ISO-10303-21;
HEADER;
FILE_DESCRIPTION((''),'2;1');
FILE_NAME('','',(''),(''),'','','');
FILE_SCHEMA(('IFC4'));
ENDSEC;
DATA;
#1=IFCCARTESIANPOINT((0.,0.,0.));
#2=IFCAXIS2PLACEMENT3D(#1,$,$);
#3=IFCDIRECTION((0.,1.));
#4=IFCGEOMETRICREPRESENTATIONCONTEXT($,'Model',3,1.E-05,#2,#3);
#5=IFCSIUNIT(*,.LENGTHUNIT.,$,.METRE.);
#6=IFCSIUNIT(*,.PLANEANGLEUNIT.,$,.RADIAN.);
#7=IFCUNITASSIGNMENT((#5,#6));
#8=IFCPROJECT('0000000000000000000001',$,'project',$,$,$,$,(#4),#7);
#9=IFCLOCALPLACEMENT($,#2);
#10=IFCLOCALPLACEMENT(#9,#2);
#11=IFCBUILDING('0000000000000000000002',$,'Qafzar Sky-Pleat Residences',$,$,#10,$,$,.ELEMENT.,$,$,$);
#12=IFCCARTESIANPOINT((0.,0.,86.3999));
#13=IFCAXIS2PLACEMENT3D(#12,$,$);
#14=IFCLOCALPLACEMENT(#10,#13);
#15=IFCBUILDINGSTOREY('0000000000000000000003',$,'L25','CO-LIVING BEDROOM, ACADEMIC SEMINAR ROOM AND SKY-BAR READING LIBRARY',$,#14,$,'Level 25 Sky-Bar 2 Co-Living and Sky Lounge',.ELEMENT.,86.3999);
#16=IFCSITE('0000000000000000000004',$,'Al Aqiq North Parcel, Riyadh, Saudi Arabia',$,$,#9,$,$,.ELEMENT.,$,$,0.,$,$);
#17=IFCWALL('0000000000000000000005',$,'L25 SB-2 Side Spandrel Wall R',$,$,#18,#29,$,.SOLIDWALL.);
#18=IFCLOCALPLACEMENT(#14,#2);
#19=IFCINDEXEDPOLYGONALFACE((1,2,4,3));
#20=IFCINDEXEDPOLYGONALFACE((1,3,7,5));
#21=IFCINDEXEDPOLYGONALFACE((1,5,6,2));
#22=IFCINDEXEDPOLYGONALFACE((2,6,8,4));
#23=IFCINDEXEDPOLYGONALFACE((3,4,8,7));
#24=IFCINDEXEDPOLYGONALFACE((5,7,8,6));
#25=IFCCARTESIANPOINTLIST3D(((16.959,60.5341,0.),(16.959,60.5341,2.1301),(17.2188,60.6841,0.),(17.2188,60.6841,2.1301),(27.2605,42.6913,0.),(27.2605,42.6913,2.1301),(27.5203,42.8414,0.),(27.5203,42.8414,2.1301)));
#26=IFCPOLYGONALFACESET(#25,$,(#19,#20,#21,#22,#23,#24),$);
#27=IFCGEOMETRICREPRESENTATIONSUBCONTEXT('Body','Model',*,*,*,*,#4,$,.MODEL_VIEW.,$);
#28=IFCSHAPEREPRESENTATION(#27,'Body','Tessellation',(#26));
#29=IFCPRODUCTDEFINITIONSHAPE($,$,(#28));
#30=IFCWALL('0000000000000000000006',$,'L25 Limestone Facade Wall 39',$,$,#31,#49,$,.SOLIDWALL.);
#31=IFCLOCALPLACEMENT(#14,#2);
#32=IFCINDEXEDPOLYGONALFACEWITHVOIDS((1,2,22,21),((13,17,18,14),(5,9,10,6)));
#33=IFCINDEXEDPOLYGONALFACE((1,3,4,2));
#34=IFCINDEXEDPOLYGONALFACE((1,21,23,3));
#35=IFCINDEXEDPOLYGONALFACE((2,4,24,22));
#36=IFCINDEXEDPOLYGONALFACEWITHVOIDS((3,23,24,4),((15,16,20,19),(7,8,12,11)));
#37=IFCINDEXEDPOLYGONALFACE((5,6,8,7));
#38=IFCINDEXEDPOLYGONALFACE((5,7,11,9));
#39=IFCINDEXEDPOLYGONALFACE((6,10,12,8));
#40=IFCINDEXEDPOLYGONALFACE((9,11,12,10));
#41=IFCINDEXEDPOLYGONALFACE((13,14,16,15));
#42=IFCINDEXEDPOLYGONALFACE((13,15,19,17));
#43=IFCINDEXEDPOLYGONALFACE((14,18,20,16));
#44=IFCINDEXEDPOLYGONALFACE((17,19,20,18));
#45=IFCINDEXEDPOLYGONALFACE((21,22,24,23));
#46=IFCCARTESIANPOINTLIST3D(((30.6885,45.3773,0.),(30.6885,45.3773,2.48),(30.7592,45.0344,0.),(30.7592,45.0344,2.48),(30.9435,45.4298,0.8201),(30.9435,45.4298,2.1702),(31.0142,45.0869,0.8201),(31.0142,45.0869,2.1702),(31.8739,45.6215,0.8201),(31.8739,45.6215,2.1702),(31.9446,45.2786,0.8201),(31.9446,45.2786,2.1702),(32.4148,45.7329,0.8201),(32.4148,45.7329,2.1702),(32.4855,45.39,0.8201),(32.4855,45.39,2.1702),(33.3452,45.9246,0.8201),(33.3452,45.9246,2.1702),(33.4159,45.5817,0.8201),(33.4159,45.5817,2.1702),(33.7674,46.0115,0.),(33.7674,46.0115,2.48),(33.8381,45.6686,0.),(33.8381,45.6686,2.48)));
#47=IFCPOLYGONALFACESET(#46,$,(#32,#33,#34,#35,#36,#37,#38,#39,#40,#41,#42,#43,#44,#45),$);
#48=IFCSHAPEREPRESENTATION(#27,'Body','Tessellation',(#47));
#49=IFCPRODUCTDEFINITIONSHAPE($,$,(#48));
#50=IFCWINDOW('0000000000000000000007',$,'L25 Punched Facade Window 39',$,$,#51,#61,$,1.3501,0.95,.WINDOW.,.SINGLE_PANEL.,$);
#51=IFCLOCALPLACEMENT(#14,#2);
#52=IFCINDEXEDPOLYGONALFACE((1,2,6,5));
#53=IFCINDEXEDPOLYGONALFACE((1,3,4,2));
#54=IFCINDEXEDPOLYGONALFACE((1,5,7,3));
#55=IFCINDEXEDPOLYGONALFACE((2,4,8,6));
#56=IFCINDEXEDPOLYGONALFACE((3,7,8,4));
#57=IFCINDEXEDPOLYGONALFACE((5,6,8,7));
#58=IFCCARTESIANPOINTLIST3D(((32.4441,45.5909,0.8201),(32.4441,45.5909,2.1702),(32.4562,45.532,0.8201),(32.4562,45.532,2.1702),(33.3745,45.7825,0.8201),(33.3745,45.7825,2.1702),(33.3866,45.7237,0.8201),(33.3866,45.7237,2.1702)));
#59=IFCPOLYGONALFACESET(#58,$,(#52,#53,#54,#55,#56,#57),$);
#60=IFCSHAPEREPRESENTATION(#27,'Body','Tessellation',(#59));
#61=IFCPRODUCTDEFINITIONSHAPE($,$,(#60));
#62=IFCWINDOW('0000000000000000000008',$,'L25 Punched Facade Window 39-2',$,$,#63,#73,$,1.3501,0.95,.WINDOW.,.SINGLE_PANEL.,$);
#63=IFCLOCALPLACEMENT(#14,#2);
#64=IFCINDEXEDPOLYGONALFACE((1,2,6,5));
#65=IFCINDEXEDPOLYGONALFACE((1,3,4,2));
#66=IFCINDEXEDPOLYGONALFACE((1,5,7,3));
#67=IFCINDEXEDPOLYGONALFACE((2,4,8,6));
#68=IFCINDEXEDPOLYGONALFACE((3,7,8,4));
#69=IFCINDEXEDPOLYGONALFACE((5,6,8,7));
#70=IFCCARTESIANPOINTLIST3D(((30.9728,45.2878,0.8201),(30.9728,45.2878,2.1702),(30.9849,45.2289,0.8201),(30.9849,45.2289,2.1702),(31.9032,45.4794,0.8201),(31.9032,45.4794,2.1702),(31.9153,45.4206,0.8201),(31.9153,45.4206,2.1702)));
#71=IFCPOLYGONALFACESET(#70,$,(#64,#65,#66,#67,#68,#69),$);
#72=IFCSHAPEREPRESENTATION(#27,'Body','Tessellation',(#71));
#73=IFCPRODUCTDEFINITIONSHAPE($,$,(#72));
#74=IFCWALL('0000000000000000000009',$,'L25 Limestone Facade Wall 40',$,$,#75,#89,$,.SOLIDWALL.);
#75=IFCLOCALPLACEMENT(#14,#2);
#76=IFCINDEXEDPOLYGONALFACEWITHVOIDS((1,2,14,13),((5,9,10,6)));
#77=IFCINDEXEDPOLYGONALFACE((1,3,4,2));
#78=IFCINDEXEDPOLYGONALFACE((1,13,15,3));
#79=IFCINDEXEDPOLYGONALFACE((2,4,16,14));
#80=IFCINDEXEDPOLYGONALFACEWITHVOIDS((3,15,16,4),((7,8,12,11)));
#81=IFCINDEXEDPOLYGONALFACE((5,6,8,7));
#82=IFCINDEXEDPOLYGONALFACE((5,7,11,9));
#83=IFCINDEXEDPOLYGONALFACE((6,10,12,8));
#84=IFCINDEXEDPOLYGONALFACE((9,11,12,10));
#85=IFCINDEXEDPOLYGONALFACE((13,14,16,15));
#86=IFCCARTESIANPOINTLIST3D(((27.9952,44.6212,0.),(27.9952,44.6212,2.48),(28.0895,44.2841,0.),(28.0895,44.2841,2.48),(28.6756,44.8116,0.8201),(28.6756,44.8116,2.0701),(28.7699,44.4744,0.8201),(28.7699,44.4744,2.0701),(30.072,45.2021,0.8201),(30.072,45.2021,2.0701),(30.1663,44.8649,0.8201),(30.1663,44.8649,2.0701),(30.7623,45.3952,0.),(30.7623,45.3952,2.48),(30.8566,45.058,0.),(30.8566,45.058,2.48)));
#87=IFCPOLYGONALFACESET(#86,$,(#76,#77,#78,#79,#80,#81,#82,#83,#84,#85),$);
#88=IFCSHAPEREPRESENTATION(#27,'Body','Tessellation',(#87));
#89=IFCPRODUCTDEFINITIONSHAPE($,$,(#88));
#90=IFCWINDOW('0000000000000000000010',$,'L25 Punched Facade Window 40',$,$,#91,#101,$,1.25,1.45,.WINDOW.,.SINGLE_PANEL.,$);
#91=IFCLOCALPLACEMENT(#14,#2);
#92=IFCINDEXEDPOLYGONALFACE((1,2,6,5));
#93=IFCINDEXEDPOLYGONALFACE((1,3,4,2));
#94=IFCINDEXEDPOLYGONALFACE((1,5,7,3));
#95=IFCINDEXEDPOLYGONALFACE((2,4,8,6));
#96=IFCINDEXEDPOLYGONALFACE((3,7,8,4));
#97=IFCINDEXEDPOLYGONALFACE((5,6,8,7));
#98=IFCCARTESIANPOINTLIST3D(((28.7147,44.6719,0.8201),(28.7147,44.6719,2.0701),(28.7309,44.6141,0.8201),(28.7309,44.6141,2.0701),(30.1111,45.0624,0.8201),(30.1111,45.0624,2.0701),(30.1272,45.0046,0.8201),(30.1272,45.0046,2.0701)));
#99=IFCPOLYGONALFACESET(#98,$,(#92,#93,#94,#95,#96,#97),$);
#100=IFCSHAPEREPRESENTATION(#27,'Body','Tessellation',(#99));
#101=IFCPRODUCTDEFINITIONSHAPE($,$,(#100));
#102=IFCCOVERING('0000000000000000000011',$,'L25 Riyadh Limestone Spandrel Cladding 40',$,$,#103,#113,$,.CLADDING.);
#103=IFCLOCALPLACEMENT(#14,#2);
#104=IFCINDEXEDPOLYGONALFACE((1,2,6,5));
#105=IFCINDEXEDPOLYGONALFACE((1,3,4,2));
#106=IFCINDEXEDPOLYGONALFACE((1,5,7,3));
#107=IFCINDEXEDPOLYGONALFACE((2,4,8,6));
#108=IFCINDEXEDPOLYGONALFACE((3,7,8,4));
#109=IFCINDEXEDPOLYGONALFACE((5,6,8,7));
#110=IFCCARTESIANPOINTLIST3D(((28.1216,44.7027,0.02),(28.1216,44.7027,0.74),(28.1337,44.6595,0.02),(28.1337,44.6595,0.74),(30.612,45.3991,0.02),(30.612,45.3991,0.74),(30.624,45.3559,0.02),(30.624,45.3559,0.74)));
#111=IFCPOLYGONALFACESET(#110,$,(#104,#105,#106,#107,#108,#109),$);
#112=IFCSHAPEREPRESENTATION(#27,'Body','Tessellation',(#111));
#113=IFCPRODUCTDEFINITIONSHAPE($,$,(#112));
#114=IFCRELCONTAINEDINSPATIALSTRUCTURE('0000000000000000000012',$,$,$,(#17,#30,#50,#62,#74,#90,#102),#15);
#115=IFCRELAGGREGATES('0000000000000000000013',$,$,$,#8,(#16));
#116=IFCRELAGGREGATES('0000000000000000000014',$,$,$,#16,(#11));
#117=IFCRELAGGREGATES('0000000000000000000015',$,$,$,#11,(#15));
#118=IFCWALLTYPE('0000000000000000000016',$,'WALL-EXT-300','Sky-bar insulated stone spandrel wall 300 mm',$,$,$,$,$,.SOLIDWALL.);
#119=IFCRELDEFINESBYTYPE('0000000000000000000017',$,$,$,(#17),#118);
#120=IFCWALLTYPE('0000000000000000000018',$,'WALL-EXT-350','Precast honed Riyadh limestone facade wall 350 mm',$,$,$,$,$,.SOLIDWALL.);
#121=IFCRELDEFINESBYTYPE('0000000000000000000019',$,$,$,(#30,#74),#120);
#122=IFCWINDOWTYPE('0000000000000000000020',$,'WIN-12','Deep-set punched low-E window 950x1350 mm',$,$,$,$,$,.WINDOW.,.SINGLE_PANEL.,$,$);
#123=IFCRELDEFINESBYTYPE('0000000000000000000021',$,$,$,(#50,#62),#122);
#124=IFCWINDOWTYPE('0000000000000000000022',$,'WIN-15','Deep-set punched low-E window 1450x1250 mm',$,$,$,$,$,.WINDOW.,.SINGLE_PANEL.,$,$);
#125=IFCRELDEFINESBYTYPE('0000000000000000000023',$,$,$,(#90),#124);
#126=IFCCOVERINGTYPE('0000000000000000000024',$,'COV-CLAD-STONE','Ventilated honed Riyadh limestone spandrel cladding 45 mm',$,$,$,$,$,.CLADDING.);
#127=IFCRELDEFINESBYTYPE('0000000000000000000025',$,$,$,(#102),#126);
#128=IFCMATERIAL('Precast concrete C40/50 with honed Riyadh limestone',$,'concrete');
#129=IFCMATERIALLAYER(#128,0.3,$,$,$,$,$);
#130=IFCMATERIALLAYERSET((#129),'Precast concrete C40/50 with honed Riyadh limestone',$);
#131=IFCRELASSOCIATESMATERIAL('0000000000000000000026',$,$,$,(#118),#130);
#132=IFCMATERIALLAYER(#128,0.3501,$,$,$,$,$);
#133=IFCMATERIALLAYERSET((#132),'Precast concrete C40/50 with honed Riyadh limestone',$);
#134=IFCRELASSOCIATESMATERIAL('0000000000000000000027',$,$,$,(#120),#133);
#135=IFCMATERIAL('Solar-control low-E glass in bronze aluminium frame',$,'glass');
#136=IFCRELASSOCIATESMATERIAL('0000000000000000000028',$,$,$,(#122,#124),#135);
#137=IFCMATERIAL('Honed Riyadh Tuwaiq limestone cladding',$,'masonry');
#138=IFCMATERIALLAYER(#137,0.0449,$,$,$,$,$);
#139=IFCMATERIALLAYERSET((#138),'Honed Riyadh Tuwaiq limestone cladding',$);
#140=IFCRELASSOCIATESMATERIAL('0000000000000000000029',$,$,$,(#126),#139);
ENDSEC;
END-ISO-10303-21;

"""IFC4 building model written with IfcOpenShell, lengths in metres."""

from ifc_helpers import new_model, si_unit, direction, frame, frame_2d, origin, origin_2d, place, context, subcontext, project, spatial, rectangle, extrude, source, transform, mapped, material, layer, layer_set, type_object, element, fill, save


model = new_model("IFC4")

# Units and contexts
model_context = context("Model", 3, precision=1e-05, world=origin(), true_north=direction((0.0, 1.0)))
body_context = subcontext(model_context, "Body", "Model", "MODEL_VIEW")
ifc_project = project(units=[si_unit("LENGTHUNIT", "METRE"), si_unit("PLANEANGLEUNIT", "RADIAN")], contexts=[model_context])

# Site, building, storey
site_placement = place(None, origin())
site = spatial("IfcSite", under=ifc_project, at=site_placement, Name="Al Aqiq North Parcel, Riyadh, Saudi Arabia", CompositionType="ELEMENT", RefElevation=0.0)
building_placement = place(site_placement, origin())
building = spatial("IfcBuilding", under=site, at=building_placement, Name="Qafzar Sky-Pleat Residences", CompositionType="ELEMENT")
storey_placement = place(building_placement, frame((0.0, 0.0, 86.3999)))
storey = spatial("IfcBuildingStorey", under=building, at=storey_placement, Name="L25", Description="CO-LIVING BEDROOM, ACADEMIC SEMINAR ROOM AND SKY-BAR READING LIBRARY", LongName="Level 25 Sky-Bar 2 Co-Living and Sky Lounge", CompositionType="ELEMENT", Elevation=86.3999)

# Wall
ifc_material_1 = material(Name="Precast concrete C40/50 with honed Riyadh limestone", Category="concrete")
ifc_layer_1 = layer(ifc_material_1, 0.3)
ifc_layer_set_1 = layer_set([ifc_layer_1], Name="Precast concrete C40/50 with honed Riyadh limestone")
wall_type_1 = type_object("IfcWallType", Name="WALL-EXT-300", Description="Sky-bar insulated stone spandrel wall 300 mm", PredefinedType="SOLIDWALL", material=ifc_layer_set_1)
wall_1_placement = place(storey_placement, frame((27.3904, 42.7664, 0.0), z_axis=(0.0, 0.0, 1.0), x_axis=(-0.499999, 0.866026, 0.0)))
element("IfcWall", 1, at=wall_1_placement, inside=storey, type_object=wall_type_1, Name="L25 SB-2 Side Spandrel Wall R", PredefinedType="SOLIDWALL", context=body_context, shape_type="SweptSolid", body=[
    extrude(rectangle(XDim=20.603, YDim=0.3, at=frame_2d((10.3015, 0.0))), origin(), (0.0, 0.0, 1.0), 2.1301),
])

# Wall, openings, windows
ifc_layer_2 = layer(ifc_material_1, 0.3501)
ifc_layer_set_2 = layer_set([ifc_layer_2], Name="Precast concrete C40/50 with honed Riyadh limestone")
wall_type_2 = type_object("IfcWallType", Name="WALL-EXT-350", Description="Precast honed Riyadh limestone facade wall 350 mm", PredefinedType="SOLIDWALL", material=ifc_layer_set_2)
wall_2_placement = place(storey_placement, frame((33.8027, 45.8401, 0.0), z_axis=(0.0, 0.0, 1.0), x_axis=(-0.979432, -0.201773, 0.0)))
wall_2 = element("IfcWall", 2, at=wall_2_placement, inside=storey, type_object=wall_type_2, Name="L25 Limestone Facade Wall 39", PredefinedType="SOLIDWALL", context=body_context, shape_type="SweptSolid", body=[
    extrude(rectangle(XDim=3.1436, YDim=0.3501, at=frame_2d((1.5718, 0.0))), origin(), (0.0, 0.0, 1.0), 2.48),
])
opening_1_placement = place(wall_2_placement, frame((0.4309, 0.0, 0.8201)))
opening_1 = element("IfcOpeningElement", 3, at=opening_1_placement, cuts=wall_2, PredefinedType="OPENING", context=body_context, shape_type="SweptSolid", body=[
    extrude(rectangle(XDim=0.95, YDim=1.3501, at=frame_2d((0.4751, 0.675))), frame((0.0, 0.1851, 0.0), z_axis=(0.0, -1.0, 0.0), x_axis=(1.0, 0.0, 0.0)), (0.0, 0.0, 1.0), 0.3701),
])
opening_2_placement = place(wall_2_placement, frame((1.9331, 0.0, 0.8201)))
opening_2 = element("IfcOpeningElement", 4, at=opening_2_placement, cuts=wall_2, PredefinedType="OPENING", context=body_context, shape_type="SweptSolid", body=[
    extrude(rectangle(XDim=0.95, YDim=1.3501, at=frame_2d((0.4751, 0.675))), frame((0.0, 0.1851, 0.0), z_axis=(0.0, -1.0, 0.0), x_axis=(1.0, 0.0, 0.0)), (0.0, 0.0, 1.0), 0.3701),
])
ifc_material_2 = material(Name="Solar-control low-E glass in bronze aluminium frame", Category="glass")
window_type_1 = type_object("IfcWindowType", Name="WIN-12", Description="Deep-set punched low-E window 950x1350 mm", PartitioningType="SINGLE_PANEL", PredefinedType="WINDOW", material=ifc_material_2)
shared_shape_1 = source(origin(), body_context, "Body", "SweptSolid", [
    extrude(rectangle(XDim=0.95, YDim=1.3501, at=frame_2d((0.4751, 0.675))), frame((0.0, 0.03, 0.0), z_axis=(0.0, -1.0, 0.0), x_axis=(1.0, 0.0, 0.0)), (0.0, 0.0, 1.0), 0.0601),
])
window_1_placement = place(opening_1_placement, origin())
window_1 = element("IfcWindow", 5, at=window_1_placement, inside=storey, type_object=window_type_1, Name="L25 Punched Facade Window 39", OverallHeight=1.3501, OverallWidth=0.95, PartitioningType="SINGLE_PANEL", PredefinedType="WINDOW", context=body_context, shape_type="MappedRepresentation", body=[
    mapped(shared_shape_1, transform((0.0, 0.0, 0.0), x_axis=(1.0, 0.0, 0.0), y_axis=(0.0, 1.0, 0.0), z_axis=(0.0, 0.0, 1.0), scale=1.0)),
])
fill(opening_1, window_1)
window_2_placement = place(opening_2_placement, origin())
window_2 = element("IfcWindow", 6, at=window_2_placement, inside=storey, type_object=window_type_1, Name="L25 Punched Facade Window 39-2", OverallHeight=1.3501, OverallWidth=0.95, PartitioningType="SINGLE_PANEL", PredefinedType="WINDOW", context=body_context, shape_type="MappedRepresentation", body=[
    mapped(shared_shape_1, transform((0.0, 0.0, 0.0), x_axis=(1.0, 0.0, 0.0), y_axis=(0.0, 1.0, 0.0), z_axis=(0.0, 0.0, 1.0), scale=1.0)),
])
fill(opening_2, window_2)

# Wall, opening, window
wall_3_placement = place(storey_placement, frame((30.8093, 45.2266, 0.0), z_axis=(0.0, 0.0, 1.0), x_axis=(-0.963042, -0.269353, 0.0)))
wall_3 = element("IfcWall", 7, at=wall_3_placement, inside=storey, type_object=wall_type_2, Name="L25 Limestone Facade Wall 40", PredefinedType="SOLIDWALL", context=body_context, shape_type="SweptSolid", body=[
    extrude(rectangle(XDim=2.8733, YDim=0.3501, at=frame_2d((1.4365, 0.0))), origin(), (0.0, 0.0, 1.0), 2.48),
])
opening_3_placement = place(wall_3_placement, frame((0.7166, 0.0, 0.8201)))
opening_3 = element("IfcOpeningElement", 8, at=opening_3_placement, cuts=wall_3, PredefinedType="OPENING", context=body_context, shape_type="SweptSolid", body=[
    extrude(rectangle(XDim=1.45, YDim=1.25, at=frame_2d((0.7251, 0.625))), frame((0.0, 0.1851, 0.0), z_axis=(0.0, -1.0, 0.0), x_axis=(1.0, 0.0, 0.0)), (0.0, 0.0, 1.0), 0.3701),
])
window_type_2 = type_object("IfcWindowType", Name="WIN-15", Description="Deep-set punched low-E window 1450x1250 mm", PartitioningType="SINGLE_PANEL", PredefinedType="WINDOW", material=ifc_material_2)
shared_shape_2 = source(origin(), body_context, "Body", "SweptSolid", [
    extrude(rectangle(XDim=1.45, YDim=1.25, at=frame_2d((0.7251, 0.625))), frame((0.0, 0.03, 0.0), z_axis=(0.0, -1.0, 0.0), x_axis=(1.0, 0.0, 0.0)), (0.0, 0.0, 1.0), 0.0601),
])
window_3_placement = place(opening_3_placement, origin())
window_3 = element("IfcWindow", 9, at=window_3_placement, inside=storey, type_object=window_type_2, Name="L25 Punched Facade Window 40", OverallHeight=1.25, OverallWidth=1.45, PartitioningType="SINGLE_PANEL", PredefinedType="WINDOW", context=body_context, shape_type="MappedRepresentation", body=[
    mapped(shared_shape_2, transform((0.0, 0.0, 0.0), x_axis=(1.0, 0.0, 0.0), y_axis=(0.0, 1.0, 0.0), z_axis=(0.0, 0.0, 1.0), scale=1.0)),
])
fill(opening_3, window_3)

# Covering
ifc_material_3 = material(Name="Honed Riyadh Tuwaiq limestone cladding", Category="masonry")
ifc_layer_3 = layer(ifc_material_3, 0.0449)
ifc_layer_set_3 = layer_set([ifc_layer_3], Name="Honed Riyadh Tuwaiq limestone cladding")
covering_type = type_object("IfcCoveringType", Name="COV-CLAD-STONE", Description="Ventilated honed Riyadh limestone spandrel cladding 45 mm", PredefinedType="CLADDING", material=ifc_layer_set_3)
shared_shape_3 = source(origin(), body_context, "Body", "SweptSolid", [
    extrude(rectangle(XDim=2.5859, YDim=0.0449, at=origin_2d()), origin(), (0.0, 0.0, 1.0), 0.72),
])
covering_placement = place(storey_placement, frame((29.3728, 45.0293, 0.02), z_axis=(0.0, 0.0, 1.0), x_axis=(-0.963053, -0.269311, 0.0)))
element("IfcCovering", 10, at=covering_placement, inside=storey, type_object=covering_type, Name="L25 Riyadh Limestone Spandrel Cladding 40", PredefinedType="CLADDING", context=body_context, shape_type="MappedRepresentation", body=[
    mapped(shared_shape_3, transform((0.0, 0.0, 0.0), x_axis=(1.0, 0.0, 0.0), y_axis=(0.0, 1.0, 0.0), z_axis=(0.0, 0.0, 1.0), scale=1.0)),
])

save(model, "model.ifc")
